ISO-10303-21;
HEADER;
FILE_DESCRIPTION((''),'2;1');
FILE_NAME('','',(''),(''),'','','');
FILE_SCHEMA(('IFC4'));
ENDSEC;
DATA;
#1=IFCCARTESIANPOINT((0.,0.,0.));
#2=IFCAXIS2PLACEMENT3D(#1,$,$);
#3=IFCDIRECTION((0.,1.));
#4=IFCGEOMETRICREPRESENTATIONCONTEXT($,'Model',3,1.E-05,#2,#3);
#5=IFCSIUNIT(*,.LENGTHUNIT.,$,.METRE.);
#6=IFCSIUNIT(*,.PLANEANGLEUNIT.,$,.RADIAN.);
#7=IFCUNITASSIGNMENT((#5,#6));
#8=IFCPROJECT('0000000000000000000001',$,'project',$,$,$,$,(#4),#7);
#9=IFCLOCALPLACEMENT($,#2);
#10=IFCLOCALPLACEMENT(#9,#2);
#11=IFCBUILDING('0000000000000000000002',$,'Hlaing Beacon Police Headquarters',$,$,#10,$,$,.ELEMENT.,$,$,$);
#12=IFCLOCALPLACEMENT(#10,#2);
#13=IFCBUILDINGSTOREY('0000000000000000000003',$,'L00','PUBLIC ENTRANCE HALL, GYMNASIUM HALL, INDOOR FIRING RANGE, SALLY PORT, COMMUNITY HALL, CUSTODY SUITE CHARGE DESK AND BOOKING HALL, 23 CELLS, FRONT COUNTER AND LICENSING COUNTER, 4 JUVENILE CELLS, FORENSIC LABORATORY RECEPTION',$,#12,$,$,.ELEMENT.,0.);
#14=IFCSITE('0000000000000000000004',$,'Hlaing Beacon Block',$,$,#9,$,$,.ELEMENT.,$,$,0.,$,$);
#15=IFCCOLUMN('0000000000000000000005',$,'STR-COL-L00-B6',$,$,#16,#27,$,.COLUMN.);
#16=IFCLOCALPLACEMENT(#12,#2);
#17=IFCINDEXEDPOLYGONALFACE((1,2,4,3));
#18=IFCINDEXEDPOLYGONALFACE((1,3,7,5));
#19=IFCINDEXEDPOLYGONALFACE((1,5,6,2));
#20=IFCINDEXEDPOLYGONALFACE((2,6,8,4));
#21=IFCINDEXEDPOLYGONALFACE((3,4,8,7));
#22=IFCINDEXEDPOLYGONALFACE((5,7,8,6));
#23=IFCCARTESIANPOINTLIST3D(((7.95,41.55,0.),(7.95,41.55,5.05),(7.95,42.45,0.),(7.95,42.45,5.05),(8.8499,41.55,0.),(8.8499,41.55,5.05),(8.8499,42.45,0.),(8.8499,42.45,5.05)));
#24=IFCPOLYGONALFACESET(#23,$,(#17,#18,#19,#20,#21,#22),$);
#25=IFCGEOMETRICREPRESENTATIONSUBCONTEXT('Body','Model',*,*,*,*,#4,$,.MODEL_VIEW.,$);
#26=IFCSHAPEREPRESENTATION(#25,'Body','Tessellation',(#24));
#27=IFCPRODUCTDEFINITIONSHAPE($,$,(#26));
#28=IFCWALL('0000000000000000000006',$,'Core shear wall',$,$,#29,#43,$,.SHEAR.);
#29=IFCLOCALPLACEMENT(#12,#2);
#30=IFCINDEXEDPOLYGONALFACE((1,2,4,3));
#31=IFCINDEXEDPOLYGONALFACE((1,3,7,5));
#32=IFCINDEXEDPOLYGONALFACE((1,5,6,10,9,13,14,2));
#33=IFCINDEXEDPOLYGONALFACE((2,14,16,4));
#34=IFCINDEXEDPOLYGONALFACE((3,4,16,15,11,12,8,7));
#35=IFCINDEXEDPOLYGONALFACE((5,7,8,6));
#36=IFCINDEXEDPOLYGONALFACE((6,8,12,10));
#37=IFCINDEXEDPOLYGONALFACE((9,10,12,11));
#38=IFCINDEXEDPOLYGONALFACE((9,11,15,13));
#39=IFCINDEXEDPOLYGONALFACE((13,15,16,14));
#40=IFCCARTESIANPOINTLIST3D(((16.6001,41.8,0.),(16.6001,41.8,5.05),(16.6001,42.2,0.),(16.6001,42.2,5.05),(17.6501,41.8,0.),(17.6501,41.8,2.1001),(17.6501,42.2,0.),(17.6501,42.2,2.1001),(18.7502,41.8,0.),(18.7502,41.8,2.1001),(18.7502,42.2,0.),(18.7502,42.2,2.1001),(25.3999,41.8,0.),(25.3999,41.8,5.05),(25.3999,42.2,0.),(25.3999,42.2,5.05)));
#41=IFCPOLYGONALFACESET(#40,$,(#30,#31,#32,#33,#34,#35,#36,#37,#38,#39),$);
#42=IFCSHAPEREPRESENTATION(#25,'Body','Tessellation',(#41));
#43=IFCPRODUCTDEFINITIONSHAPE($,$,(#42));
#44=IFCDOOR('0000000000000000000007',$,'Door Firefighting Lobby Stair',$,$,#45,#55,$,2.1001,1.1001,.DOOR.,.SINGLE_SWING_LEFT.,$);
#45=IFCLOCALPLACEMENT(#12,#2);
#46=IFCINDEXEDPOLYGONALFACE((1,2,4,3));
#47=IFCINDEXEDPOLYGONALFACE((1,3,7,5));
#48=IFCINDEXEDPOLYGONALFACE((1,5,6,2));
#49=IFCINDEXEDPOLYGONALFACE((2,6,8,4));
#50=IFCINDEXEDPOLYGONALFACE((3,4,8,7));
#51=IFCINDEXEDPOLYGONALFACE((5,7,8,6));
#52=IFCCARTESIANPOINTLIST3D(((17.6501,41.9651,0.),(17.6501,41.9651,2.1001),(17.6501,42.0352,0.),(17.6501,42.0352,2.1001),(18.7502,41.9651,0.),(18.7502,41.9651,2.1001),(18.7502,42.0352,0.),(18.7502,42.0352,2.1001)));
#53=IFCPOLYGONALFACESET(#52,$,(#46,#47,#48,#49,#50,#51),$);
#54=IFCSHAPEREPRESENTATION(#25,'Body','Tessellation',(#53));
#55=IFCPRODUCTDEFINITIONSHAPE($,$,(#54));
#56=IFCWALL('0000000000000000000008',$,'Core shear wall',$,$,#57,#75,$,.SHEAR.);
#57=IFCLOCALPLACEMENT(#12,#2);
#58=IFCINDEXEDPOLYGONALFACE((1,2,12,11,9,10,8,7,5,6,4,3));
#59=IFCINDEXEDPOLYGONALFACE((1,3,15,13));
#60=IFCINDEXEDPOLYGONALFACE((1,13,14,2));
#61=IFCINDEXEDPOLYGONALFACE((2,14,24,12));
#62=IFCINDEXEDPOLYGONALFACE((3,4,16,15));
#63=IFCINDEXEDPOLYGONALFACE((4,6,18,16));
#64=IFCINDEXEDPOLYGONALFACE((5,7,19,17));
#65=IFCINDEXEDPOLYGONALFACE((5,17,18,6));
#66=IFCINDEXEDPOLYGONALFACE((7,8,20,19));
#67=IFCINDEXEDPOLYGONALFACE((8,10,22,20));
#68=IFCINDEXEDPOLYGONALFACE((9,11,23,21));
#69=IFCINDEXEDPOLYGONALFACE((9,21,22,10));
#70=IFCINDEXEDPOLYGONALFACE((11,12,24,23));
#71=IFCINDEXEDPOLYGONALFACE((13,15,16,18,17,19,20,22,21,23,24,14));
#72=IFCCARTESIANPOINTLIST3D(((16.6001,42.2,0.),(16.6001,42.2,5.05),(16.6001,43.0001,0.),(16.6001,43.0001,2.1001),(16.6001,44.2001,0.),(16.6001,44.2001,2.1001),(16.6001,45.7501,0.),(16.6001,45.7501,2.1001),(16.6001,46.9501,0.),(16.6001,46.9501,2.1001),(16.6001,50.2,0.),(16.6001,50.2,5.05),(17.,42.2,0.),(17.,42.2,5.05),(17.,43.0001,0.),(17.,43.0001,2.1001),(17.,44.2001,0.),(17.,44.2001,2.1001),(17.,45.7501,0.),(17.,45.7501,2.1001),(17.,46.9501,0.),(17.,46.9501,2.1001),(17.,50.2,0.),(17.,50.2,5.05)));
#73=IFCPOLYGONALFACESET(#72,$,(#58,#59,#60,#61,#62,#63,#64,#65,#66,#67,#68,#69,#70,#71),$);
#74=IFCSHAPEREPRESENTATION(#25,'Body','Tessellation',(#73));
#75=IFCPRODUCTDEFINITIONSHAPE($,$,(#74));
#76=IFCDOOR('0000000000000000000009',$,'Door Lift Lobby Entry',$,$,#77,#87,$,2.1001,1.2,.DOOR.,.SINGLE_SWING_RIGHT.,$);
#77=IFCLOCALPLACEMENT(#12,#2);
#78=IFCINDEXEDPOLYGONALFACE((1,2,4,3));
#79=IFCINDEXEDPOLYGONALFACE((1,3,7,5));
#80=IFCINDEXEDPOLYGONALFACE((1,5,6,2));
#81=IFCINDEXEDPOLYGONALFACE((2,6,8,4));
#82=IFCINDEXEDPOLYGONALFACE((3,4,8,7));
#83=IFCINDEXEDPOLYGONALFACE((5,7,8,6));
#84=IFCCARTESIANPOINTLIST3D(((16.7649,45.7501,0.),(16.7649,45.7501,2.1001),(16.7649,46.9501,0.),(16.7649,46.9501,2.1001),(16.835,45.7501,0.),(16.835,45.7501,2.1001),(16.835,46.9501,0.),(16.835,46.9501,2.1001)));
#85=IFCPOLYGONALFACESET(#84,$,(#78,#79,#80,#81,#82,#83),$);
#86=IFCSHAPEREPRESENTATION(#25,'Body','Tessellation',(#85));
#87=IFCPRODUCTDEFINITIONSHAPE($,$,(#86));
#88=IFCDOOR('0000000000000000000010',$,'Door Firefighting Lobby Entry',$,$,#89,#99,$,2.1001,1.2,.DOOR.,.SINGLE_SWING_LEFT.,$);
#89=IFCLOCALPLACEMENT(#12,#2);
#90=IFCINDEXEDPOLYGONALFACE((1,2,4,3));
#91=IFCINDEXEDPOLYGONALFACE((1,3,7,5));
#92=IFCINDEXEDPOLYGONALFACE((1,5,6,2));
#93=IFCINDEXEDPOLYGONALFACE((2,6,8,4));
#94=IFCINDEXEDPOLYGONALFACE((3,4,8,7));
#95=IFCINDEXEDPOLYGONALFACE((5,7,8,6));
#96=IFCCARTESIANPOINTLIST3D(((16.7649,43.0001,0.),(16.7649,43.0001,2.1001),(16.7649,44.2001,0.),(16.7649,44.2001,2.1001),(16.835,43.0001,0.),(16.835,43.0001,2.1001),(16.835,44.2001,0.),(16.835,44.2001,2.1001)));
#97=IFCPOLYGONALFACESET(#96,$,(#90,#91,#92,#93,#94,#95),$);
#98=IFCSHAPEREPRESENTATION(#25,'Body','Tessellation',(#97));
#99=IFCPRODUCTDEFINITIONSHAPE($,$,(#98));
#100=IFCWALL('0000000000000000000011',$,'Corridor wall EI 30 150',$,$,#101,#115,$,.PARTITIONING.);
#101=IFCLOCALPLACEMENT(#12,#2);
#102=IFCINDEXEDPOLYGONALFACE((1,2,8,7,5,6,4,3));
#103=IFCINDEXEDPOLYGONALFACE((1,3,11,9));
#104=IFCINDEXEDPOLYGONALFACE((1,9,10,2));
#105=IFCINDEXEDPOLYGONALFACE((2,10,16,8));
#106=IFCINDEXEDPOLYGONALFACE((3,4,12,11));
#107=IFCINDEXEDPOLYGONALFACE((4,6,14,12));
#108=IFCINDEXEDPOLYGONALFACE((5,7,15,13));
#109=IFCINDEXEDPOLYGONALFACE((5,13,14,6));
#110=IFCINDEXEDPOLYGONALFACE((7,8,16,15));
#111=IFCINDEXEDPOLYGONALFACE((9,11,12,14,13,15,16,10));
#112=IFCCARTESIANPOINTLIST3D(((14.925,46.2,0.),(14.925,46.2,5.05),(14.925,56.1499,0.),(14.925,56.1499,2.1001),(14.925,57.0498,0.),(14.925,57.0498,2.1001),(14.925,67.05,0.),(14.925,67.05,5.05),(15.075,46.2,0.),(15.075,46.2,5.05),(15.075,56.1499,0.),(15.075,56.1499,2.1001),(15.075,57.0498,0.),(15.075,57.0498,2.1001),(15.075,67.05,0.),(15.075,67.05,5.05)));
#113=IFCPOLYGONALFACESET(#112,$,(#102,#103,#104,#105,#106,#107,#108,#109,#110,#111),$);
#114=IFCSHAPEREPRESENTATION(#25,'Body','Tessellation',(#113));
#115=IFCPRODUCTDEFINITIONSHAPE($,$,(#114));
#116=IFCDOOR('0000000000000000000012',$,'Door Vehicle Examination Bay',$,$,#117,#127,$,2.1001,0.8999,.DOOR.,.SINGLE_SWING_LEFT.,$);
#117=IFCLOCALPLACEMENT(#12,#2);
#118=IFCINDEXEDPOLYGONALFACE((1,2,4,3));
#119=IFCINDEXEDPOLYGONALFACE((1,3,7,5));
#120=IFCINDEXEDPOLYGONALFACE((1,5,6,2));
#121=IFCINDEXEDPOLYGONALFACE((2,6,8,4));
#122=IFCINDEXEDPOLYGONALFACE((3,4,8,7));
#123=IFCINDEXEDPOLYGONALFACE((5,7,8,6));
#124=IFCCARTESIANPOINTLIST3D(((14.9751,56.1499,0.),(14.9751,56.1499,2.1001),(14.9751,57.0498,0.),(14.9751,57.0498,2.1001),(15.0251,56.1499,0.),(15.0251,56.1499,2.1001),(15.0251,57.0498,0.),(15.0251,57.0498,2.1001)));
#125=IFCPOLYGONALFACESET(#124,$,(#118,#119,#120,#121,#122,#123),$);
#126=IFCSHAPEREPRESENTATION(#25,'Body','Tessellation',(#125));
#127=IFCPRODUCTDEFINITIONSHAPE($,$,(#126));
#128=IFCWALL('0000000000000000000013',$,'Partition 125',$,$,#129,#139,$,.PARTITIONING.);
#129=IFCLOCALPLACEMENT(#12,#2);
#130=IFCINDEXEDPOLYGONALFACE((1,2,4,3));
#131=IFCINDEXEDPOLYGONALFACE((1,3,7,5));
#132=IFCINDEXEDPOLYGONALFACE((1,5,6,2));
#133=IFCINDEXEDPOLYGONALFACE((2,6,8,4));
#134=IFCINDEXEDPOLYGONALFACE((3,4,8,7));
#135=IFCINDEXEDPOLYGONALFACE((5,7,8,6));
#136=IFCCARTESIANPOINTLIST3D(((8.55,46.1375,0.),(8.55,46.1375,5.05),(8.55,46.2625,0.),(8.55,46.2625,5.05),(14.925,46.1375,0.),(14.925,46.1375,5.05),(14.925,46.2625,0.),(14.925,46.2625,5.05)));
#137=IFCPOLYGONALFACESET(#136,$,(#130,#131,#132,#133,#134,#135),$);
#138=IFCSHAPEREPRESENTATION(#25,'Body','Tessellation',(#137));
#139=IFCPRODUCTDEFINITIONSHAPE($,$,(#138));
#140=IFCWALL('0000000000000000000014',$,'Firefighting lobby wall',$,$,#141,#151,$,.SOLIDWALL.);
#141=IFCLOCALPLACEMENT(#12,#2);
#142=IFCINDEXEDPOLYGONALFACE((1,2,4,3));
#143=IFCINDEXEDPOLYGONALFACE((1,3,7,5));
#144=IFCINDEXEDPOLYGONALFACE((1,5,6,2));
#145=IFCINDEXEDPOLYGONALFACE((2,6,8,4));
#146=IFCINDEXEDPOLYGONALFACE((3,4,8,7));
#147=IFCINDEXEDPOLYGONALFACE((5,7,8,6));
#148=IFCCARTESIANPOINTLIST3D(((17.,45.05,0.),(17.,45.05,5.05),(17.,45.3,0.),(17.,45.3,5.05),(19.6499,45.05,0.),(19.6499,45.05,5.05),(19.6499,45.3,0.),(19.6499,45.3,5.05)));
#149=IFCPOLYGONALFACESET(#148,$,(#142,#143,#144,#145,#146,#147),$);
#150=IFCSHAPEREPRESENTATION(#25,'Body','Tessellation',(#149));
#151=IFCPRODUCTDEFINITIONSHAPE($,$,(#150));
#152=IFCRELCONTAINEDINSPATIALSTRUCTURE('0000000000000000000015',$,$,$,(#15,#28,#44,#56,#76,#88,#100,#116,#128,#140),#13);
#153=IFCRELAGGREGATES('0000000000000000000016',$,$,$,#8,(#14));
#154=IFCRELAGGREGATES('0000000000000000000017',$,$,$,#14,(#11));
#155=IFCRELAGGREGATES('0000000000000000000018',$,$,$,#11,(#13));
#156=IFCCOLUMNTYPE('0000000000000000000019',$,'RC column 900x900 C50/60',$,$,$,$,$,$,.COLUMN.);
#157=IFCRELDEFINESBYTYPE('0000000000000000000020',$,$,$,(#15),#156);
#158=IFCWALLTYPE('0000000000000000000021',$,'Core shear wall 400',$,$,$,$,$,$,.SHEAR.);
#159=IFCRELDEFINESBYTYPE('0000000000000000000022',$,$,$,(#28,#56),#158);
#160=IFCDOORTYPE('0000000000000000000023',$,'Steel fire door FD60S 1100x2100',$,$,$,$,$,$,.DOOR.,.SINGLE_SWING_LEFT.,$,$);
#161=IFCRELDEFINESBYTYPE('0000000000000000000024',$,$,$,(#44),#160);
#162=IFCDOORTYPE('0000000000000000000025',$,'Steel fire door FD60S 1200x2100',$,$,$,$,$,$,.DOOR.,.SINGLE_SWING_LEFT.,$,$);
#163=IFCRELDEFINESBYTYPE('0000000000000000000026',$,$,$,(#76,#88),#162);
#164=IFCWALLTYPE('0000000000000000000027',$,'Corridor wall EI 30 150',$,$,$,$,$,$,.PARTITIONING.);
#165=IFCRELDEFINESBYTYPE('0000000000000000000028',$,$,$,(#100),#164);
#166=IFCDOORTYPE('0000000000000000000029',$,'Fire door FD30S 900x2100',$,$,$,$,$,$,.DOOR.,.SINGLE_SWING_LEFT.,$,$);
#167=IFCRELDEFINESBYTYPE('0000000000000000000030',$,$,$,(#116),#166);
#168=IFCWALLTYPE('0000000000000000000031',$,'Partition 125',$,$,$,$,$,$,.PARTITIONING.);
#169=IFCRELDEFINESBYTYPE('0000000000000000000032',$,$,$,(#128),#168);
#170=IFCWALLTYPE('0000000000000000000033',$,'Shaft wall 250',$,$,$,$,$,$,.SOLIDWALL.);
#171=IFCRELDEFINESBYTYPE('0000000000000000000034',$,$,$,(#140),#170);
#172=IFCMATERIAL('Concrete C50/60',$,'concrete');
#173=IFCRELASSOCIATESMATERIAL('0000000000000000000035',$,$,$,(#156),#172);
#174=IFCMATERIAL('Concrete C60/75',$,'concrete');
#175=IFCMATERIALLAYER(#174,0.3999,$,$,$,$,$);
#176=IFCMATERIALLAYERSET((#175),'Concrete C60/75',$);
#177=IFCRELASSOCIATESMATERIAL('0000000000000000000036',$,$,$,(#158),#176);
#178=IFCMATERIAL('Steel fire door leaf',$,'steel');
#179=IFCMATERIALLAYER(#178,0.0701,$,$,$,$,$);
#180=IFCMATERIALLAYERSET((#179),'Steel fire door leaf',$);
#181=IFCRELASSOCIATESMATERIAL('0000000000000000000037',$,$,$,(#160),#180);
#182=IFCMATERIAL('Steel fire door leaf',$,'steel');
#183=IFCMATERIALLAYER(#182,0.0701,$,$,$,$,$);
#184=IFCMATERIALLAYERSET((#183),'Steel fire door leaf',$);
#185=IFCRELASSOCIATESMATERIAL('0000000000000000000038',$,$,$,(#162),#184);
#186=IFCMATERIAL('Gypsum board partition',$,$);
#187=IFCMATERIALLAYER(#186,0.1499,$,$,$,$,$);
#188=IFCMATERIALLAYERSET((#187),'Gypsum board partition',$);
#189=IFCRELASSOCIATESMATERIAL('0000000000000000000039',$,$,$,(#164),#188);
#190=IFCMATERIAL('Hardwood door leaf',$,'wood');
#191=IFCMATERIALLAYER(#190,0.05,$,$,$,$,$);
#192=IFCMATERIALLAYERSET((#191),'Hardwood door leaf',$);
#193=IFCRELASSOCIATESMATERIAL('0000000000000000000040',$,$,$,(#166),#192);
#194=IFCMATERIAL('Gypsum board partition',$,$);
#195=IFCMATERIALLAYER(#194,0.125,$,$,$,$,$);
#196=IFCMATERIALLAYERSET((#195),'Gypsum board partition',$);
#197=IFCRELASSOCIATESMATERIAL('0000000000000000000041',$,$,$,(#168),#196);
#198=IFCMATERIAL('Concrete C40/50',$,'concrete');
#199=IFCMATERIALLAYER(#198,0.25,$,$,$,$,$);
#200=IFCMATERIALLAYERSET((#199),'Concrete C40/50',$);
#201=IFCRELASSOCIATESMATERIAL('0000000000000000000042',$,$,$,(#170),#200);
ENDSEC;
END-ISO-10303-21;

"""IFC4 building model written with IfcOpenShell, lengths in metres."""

from ifc_helpers import new_model, si_unit, direction, frame, frame_2d, origin, origin_2d, place, context, subcontext, project, spatial, rectangle, extrude, material, layer, layer_set, material_profile, profile_set, type_object, element, fill, save


model = new_model("IFC4")

# Units and contexts
model_context = context("Model", 3, precision=1e-05, world=origin(), true_north=direction((0.0, 1.0)))
body_context = subcontext(model_context, "Body", "Model", "MODEL_VIEW")
ifc_project = project(units=[si_unit("LENGTHUNIT", "METRE"), si_unit("PLANEANGLEUNIT", "RADIAN")], contexts=[model_context])

# Site, building, storey
site_placement = place(None, origin())
site = spatial("IfcSite", under=ifc_project, at=site_placement, Name="Hlaing Beacon Block", CompositionType="ELEMENT", RefElevation=0.0)
building_placement = place(site_placement, origin())
building = spatial("IfcBuilding", under=site, at=building_placement, Name="Hlaing Beacon Police Headquarters", CompositionType="ELEMENT")
storey_placement = place(building_placement, origin())
storey = spatial("IfcBuildingStorey", under=building, at=storey_placement, Name="L00", Description="PUBLIC ENTRANCE HALL, GYMNASIUM HALL, INDOOR FIRING RANGE, SALLY PORT, COMMUNITY HALL, CUSTODY SUITE CHARGE DESK AND BOOKING HALL, 23 CELLS, FRONT COUNTER AND LICENSING COUNTER, 4 JUVENILE CELLS, FORENSIC LABORATORY RECEPTION", CompositionType="ELEMENT", Elevation=0.0)

# Column
ifc_material_1 = material(Name="Concrete C50/60", Category="concrete")
ifc_material_profile = material_profile(ifc_material_1, rectangle(XDim=0.8999, YDim=0.8999, at=origin_2d()), Name="900x900")
ifc_profile_set = profile_set([ifc_material_profile], Name="Concrete C50/60")
column_type = type_object("IfcColumnType", Name="RC column 900x900 C50/60", PredefinedType="COLUMN", material=ifc_profile_set)
column_placement = place(storey_placement, frame((8.3999, 42.0, 0.0), z_axis=(0.0, 0.0, 1.0), x_axis=(1.0, 0.0, 0.0)))
element("IfcColumn", 1, at=column_placement, inside=storey, type_object=column_type, Name="STR-COL-L00-B6", PredefinedType="COLUMN", context=body_context, shape_type="SweptSolid", body=[
    extrude(rectangle(XDim=0.8999, YDim=0.8999, at=origin_2d()), origin(), (0.0, 0.0, 1.0), 5.05),
])

# Wall, opening, door
ifc_material_2 = material(Name="Concrete C60/75", Category="concrete")
ifc_layer_1 = layer(ifc_material_2, 0.3999)
ifc_layer_set_1 = layer_set([ifc_layer_1], Name="Concrete C60/75")
wall_type_1 = type_object("IfcWallType", Name="Core shear wall 400", PredefinedType="SHEAR", material=ifc_layer_set_1)
wall_1_placement = place(storey_placement, frame((16.6001, 42.0, 0.0), z_axis=(0.0, 0.0, 1.0), x_axis=(1.0, 0.0, 0.0)))
wall_1 = element("IfcWall", 2, at=wall_1_placement, inside=storey, type_object=wall_type_1, Name="Core shear wall", PredefinedType="SHEAR", context=body_context, shape_type="SweptSolid", body=[
    extrude(rectangle(XDim=8.7998, YDim=0.3999, at=frame_2d((4.3999, 0.0))), origin(), (0.0, 0.0, 1.0), 5.05),
])
opening_1_placement = place(wall_1_placement, frame((1.05, 0.0, 0.0)))
opening_1 = element("IfcOpeningElement", 3, at=opening_1_placement, cuts=wall_1, PredefinedType="OPENING", context=body_context, shape_type="SweptSolid", body=[
    extrude(rectangle(XDim=1.1001, YDim=2.1001, at=frame_2d((0.55, 1.05))), frame((0.0, 0.21, 0.0), z_axis=(0.0, -1.0, 0.0), x_axis=(1.0, 0.0, 0.0)), (0.0, 0.0, 1.0), 0.4199),
])
ifc_material_3 = material(Name="Steel fire door leaf", Category="steel")
ifc_layer_2 = layer(ifc_material_3, 0.0701)
ifc_layer_set_2 = layer_set([ifc_layer_2], Name="Steel fire door leaf")
door_type_1 = type_object("IfcDoorType", Name="Steel fire door FD60S 1100x2100", OperationType="SINGLE_SWING_LEFT", PredefinedType="DOOR", material=ifc_layer_set_2)
door_1_placement = place(opening_1_placement, frame((1.1001, 0.0, 0.0), z_axis=(0.0, 0.0, 1.0), x_axis=(-1.0, 0.0, 0.0)))
door_1 = element("IfcDoor", 4, at=door_1_placement, inside=storey, type_object=door_type_1, Name="Door Firefighting Lobby Stair", OperationType="SINGLE_SWING_LEFT", OverallHeight=2.1001, OverallWidth=1.1001, PredefinedType="DOOR", context=body_context, shape_type="SweptSolid", body=[
    extrude(rectangle(XDim=1.1001, YDim=2.1001, at=frame_2d((0.55, 1.05))), frame((0.0, 0.0349, 0.0), z_axis=(0.0, -1.0, 0.0), x_axis=(1.0, 0.0, 0.0)), (0.0, 0.0, 1.0), 0.0701),
])
fill(opening_1, door_1)

# Wall, openings, doors
wall_2_placement = place(storey_placement, frame((16.8, 42.2, 0.0), z_axis=(0.0, 0.0, 1.0), x_axis=(0.0, 1.0, 0.0)))
wall_2 = element("IfcWall", 5, at=wall_2_placement, inside=storey, type_object=wall_type_1, Name="Core shear wall", PredefinedType="SHEAR", context=body_context, shape_type="SweptSolid", body=[
    extrude(rectangle(XDim=8.0, YDim=0.3999, at=frame_2d((4.0, 0.0))), origin(), (0.0, 0.0, 1.0), 5.05),
])
opening_2_placement = place(wall_2_placement, frame((3.55, 0.0, 0.0)))
opening_2 = element("IfcOpeningElement", 6, at=opening_2_placement, cuts=wall_2, PredefinedType="OPENING", context=body_context, shape_type="SweptSolid", body=[
    extrude(rectangle(XDim=1.2, YDim=2.1001, at=frame_2d((0.6001, 1.05))), frame((0.0, 0.21, 0.0), z_axis=(0.0, -1.0, 0.0), x_axis=(1.0, 0.0, 0.0)), (0.0, 0.0, 1.0), 0.4199),
])
opening_3_placement = place(wall_2_placement, frame((0.8, 0.0, 0.0)))
opening_3 = element("IfcOpeningElement", 7, at=opening_3_placement, cuts=wall_2, PredefinedType="OPENING", context=body_context, shape_type="SweptSolid", body=[
    extrude(rectangle(XDim=1.2, YDim=2.1001, at=frame_2d((0.6001, 1.05))), frame((0.0, 0.21, 0.0), z_axis=(0.0, -1.0, 0.0), x_axis=(1.0, 0.0, 0.0)), (0.0, 0.0, 1.0), 0.4199),
])
ifc_material_4 = material(Name="Steel fire door leaf", Category="steel")
ifc_layer_3 = layer(ifc_material_4, 0.0701)
ifc_layer_set_3 = layer_set([ifc_layer_3], Name="Steel fire door leaf")
door_type_2 = type_object("IfcDoorType", Name="Steel fire door FD60S 1200x2100", OperationType="SINGLE_SWING_LEFT", PredefinedType="DOOR", material=ifc_layer_set_3)
door_2_placement = place(opening_2_placement, frame((1.2, 0.0, 0.0), z_axis=(0.0, 0.0, 1.0), x_axis=(-1.0, 0.0, 0.0)))
door_2 = element("IfcDoor", 8, at=door_2_placement, inside=storey, type_object=door_type_2, Name="Door Lift Lobby Entry", OperationType="SINGLE_SWING_RIGHT", OverallHeight=2.1001, OverallWidth=1.2, PredefinedType="DOOR", context=body_context, shape_type="SweptSolid", body=[
    extrude(rectangle(XDim=1.2, YDim=2.1001, at=frame_2d((0.5999, 1.05))), frame((0.0, 0.0349, 0.0), z_axis=(0.0, -1.0, 0.0), x_axis=(1.0, 0.0, 0.0)), (0.0, 0.0, 1.0), 0.0701),
])
fill(opening_2, door_2)
door_3_placement = place(opening_3_placement, frame((1.2, 0.0, 0.0), z_axis=(0.0, 0.0, 1.0), x_axis=(-1.0, 0.0, 0.0)))
door_3 = element("IfcDoor", 9, at=door_3_placement, inside=storey, type_object=door_type_2, Name="Door Firefighting Lobby Entry", OperationType="SINGLE_SWING_LEFT", OverallHeight=2.1001, OverallWidth=1.2, PredefinedType="DOOR", context=body_context, shape_type="SweptSolid", body=[
    extrude(rectangle(XDim=1.2, YDim=2.1001, at=frame_2d((0.5999, 1.05))), frame((0.0, 0.0349, 0.0), z_axis=(0.0, -1.0, 0.0), x_axis=(1.0, 0.0, 0.0)), (0.0, 0.0, 1.0), 0.0701),
])
fill(opening_3, door_3)

# Wall, opening, door
ifc_material_5 = material(Name="Gypsum board partition")
ifc_layer_4 = layer(ifc_material_5, 0.1499)
ifc_layer_set_4 = layer_set([ifc_layer_4], Name="Gypsum board partition")
wall_type_2 = type_object("IfcWallType", Name="Corridor wall EI 30 150", PredefinedType="PARTITIONING", material=ifc_layer_set_4)
wall_3_placement = place(storey_placement, frame((15.0, 46.2, 0.0), z_axis=(0.0, 0.0, 1.0), x_axis=(0.0, 1.0, 0.0)))
wall_3 = element("IfcWall", 10, at=wall_3_placement, inside=storey, type_object=wall_type_2, Name="Corridor wall EI 30 150", PredefinedType="PARTITIONING", context=body_context, shape_type="SweptSolid", body=[
    extrude(rectangle(XDim=20.8501, YDim=0.1499, at=frame_2d((10.425, 0.0))), origin(), (0.0, 0.0, 1.0), 5.05),
])
opening_4_placement = place(wall_3_placement, frame((9.95, 0.0, 0.0)))
opening_4 = element("IfcOpeningElement", 11, at=opening_4_placement, cuts=wall_3, PredefinedType="OPENING", context=body_context, shape_type="SweptSolid", body=[
    extrude(rectangle(XDim=0.8999, YDim=2.1001, at=frame_2d((0.45, 1.05))), frame((0.0, 0.085, 0.0), z_axis=(0.0, -1.0, 0.0), x_axis=(1.0, 0.0, 0.0)), (0.0, 0.0, 1.0), 0.1699),
])
ifc_material_6 = material(Name="Hardwood door leaf", Category="wood")
ifc_layer_5 = layer(ifc_material_6, 0.05)
ifc_layer_set_5 = layer_set([ifc_layer_5], Name="Hardwood door leaf")
door_type_3 = type_object("IfcDoorType", Name="Fire door FD30S 900x2100", OperationType="SINGLE_SWING_LEFT", PredefinedType="DOOR", material=ifc_layer_set_5)
door_4_placement = place(opening_4_placement, origin())
door_4 = element("IfcDoor", 12, at=door_4_placement, inside=storey, type_object=door_type_3, Name="Door Vehicle Examination Bay", OperationType="SINGLE_SWING_LEFT", OverallHeight=2.1001, OverallWidth=0.8999, PredefinedType="DOOR", context=body_context, shape_type="SweptSolid", body=[
    extrude(rectangle(XDim=0.8999, YDim=2.1001, at=frame_2d((0.45, 1.05))), frame((0.0, 0.0249, 0.0), z_axis=(0.0, -1.0, 0.0), x_axis=(1.0, 0.0, 0.0)), (0.0, 0.0, 1.0), 0.05),
])
fill(opening_4, door_4)

# Wall
ifc_material_7 = material(Name="Gypsum board partition")
ifc_layer_6 = layer(ifc_material_7, 0.125)
ifc_layer_set_6 = layer_set([ifc_layer_6], Name="Gypsum board partition")
wall_type_3 = type_object("IfcWallType", Name="Partition 125", PredefinedType="PARTITIONING", material=ifc_layer_set_6)
wall_4_placement = place(storey_placement, frame((8.55, 46.2, 0.0), z_axis=(0.0, 0.0, 1.0), x_axis=(1.0, 0.0, 0.0)))
element("IfcWall", 13, at=wall_4_placement, inside=storey, type_object=wall_type_3, Name="Partition 125", PredefinedType="PARTITIONING", context=body_context, shape_type="SweptSolid", body=[
    extrude(rectangle(XDim=6.375, YDim=0.125, at=frame_2d((3.1875, 0.0))), origin(), (0.0, 0.0, 1.0), 5.05),
])

# Wall
ifc_material_8 = material(Name="Concrete C40/50", Category="concrete")
ifc_layer_7 = layer(ifc_material_8, 0.25)
ifc_layer_set_7 = layer_set([ifc_layer_7], Name="Concrete C40/50")
wall_type_4 = type_object("IfcWallType", Name="Shaft wall 250", PredefinedType="SOLIDWALL", material=ifc_layer_set_7)
wall_5_placement = place(storey_placement, frame((19.6499, 45.175, 0.0), z_axis=(0.0, 0.0, 1.0), x_axis=(-1.0, 0.0, 0.0)))
element("IfcWall", 14, at=wall_5_placement, inside=storey, type_object=wall_type_4, Name="Firefighting lobby wall", PredefinedType="SOLIDWALL", context=body_context, shape_type="SweptSolid", body=[
    extrude(rectangle(XDim=2.6499, YDim=0.25, at=frame_2d((1.325, 0.0))), origin(), (0.0, 0.0, 1.0), 5.05),
])

save(model, "model.ifc")
